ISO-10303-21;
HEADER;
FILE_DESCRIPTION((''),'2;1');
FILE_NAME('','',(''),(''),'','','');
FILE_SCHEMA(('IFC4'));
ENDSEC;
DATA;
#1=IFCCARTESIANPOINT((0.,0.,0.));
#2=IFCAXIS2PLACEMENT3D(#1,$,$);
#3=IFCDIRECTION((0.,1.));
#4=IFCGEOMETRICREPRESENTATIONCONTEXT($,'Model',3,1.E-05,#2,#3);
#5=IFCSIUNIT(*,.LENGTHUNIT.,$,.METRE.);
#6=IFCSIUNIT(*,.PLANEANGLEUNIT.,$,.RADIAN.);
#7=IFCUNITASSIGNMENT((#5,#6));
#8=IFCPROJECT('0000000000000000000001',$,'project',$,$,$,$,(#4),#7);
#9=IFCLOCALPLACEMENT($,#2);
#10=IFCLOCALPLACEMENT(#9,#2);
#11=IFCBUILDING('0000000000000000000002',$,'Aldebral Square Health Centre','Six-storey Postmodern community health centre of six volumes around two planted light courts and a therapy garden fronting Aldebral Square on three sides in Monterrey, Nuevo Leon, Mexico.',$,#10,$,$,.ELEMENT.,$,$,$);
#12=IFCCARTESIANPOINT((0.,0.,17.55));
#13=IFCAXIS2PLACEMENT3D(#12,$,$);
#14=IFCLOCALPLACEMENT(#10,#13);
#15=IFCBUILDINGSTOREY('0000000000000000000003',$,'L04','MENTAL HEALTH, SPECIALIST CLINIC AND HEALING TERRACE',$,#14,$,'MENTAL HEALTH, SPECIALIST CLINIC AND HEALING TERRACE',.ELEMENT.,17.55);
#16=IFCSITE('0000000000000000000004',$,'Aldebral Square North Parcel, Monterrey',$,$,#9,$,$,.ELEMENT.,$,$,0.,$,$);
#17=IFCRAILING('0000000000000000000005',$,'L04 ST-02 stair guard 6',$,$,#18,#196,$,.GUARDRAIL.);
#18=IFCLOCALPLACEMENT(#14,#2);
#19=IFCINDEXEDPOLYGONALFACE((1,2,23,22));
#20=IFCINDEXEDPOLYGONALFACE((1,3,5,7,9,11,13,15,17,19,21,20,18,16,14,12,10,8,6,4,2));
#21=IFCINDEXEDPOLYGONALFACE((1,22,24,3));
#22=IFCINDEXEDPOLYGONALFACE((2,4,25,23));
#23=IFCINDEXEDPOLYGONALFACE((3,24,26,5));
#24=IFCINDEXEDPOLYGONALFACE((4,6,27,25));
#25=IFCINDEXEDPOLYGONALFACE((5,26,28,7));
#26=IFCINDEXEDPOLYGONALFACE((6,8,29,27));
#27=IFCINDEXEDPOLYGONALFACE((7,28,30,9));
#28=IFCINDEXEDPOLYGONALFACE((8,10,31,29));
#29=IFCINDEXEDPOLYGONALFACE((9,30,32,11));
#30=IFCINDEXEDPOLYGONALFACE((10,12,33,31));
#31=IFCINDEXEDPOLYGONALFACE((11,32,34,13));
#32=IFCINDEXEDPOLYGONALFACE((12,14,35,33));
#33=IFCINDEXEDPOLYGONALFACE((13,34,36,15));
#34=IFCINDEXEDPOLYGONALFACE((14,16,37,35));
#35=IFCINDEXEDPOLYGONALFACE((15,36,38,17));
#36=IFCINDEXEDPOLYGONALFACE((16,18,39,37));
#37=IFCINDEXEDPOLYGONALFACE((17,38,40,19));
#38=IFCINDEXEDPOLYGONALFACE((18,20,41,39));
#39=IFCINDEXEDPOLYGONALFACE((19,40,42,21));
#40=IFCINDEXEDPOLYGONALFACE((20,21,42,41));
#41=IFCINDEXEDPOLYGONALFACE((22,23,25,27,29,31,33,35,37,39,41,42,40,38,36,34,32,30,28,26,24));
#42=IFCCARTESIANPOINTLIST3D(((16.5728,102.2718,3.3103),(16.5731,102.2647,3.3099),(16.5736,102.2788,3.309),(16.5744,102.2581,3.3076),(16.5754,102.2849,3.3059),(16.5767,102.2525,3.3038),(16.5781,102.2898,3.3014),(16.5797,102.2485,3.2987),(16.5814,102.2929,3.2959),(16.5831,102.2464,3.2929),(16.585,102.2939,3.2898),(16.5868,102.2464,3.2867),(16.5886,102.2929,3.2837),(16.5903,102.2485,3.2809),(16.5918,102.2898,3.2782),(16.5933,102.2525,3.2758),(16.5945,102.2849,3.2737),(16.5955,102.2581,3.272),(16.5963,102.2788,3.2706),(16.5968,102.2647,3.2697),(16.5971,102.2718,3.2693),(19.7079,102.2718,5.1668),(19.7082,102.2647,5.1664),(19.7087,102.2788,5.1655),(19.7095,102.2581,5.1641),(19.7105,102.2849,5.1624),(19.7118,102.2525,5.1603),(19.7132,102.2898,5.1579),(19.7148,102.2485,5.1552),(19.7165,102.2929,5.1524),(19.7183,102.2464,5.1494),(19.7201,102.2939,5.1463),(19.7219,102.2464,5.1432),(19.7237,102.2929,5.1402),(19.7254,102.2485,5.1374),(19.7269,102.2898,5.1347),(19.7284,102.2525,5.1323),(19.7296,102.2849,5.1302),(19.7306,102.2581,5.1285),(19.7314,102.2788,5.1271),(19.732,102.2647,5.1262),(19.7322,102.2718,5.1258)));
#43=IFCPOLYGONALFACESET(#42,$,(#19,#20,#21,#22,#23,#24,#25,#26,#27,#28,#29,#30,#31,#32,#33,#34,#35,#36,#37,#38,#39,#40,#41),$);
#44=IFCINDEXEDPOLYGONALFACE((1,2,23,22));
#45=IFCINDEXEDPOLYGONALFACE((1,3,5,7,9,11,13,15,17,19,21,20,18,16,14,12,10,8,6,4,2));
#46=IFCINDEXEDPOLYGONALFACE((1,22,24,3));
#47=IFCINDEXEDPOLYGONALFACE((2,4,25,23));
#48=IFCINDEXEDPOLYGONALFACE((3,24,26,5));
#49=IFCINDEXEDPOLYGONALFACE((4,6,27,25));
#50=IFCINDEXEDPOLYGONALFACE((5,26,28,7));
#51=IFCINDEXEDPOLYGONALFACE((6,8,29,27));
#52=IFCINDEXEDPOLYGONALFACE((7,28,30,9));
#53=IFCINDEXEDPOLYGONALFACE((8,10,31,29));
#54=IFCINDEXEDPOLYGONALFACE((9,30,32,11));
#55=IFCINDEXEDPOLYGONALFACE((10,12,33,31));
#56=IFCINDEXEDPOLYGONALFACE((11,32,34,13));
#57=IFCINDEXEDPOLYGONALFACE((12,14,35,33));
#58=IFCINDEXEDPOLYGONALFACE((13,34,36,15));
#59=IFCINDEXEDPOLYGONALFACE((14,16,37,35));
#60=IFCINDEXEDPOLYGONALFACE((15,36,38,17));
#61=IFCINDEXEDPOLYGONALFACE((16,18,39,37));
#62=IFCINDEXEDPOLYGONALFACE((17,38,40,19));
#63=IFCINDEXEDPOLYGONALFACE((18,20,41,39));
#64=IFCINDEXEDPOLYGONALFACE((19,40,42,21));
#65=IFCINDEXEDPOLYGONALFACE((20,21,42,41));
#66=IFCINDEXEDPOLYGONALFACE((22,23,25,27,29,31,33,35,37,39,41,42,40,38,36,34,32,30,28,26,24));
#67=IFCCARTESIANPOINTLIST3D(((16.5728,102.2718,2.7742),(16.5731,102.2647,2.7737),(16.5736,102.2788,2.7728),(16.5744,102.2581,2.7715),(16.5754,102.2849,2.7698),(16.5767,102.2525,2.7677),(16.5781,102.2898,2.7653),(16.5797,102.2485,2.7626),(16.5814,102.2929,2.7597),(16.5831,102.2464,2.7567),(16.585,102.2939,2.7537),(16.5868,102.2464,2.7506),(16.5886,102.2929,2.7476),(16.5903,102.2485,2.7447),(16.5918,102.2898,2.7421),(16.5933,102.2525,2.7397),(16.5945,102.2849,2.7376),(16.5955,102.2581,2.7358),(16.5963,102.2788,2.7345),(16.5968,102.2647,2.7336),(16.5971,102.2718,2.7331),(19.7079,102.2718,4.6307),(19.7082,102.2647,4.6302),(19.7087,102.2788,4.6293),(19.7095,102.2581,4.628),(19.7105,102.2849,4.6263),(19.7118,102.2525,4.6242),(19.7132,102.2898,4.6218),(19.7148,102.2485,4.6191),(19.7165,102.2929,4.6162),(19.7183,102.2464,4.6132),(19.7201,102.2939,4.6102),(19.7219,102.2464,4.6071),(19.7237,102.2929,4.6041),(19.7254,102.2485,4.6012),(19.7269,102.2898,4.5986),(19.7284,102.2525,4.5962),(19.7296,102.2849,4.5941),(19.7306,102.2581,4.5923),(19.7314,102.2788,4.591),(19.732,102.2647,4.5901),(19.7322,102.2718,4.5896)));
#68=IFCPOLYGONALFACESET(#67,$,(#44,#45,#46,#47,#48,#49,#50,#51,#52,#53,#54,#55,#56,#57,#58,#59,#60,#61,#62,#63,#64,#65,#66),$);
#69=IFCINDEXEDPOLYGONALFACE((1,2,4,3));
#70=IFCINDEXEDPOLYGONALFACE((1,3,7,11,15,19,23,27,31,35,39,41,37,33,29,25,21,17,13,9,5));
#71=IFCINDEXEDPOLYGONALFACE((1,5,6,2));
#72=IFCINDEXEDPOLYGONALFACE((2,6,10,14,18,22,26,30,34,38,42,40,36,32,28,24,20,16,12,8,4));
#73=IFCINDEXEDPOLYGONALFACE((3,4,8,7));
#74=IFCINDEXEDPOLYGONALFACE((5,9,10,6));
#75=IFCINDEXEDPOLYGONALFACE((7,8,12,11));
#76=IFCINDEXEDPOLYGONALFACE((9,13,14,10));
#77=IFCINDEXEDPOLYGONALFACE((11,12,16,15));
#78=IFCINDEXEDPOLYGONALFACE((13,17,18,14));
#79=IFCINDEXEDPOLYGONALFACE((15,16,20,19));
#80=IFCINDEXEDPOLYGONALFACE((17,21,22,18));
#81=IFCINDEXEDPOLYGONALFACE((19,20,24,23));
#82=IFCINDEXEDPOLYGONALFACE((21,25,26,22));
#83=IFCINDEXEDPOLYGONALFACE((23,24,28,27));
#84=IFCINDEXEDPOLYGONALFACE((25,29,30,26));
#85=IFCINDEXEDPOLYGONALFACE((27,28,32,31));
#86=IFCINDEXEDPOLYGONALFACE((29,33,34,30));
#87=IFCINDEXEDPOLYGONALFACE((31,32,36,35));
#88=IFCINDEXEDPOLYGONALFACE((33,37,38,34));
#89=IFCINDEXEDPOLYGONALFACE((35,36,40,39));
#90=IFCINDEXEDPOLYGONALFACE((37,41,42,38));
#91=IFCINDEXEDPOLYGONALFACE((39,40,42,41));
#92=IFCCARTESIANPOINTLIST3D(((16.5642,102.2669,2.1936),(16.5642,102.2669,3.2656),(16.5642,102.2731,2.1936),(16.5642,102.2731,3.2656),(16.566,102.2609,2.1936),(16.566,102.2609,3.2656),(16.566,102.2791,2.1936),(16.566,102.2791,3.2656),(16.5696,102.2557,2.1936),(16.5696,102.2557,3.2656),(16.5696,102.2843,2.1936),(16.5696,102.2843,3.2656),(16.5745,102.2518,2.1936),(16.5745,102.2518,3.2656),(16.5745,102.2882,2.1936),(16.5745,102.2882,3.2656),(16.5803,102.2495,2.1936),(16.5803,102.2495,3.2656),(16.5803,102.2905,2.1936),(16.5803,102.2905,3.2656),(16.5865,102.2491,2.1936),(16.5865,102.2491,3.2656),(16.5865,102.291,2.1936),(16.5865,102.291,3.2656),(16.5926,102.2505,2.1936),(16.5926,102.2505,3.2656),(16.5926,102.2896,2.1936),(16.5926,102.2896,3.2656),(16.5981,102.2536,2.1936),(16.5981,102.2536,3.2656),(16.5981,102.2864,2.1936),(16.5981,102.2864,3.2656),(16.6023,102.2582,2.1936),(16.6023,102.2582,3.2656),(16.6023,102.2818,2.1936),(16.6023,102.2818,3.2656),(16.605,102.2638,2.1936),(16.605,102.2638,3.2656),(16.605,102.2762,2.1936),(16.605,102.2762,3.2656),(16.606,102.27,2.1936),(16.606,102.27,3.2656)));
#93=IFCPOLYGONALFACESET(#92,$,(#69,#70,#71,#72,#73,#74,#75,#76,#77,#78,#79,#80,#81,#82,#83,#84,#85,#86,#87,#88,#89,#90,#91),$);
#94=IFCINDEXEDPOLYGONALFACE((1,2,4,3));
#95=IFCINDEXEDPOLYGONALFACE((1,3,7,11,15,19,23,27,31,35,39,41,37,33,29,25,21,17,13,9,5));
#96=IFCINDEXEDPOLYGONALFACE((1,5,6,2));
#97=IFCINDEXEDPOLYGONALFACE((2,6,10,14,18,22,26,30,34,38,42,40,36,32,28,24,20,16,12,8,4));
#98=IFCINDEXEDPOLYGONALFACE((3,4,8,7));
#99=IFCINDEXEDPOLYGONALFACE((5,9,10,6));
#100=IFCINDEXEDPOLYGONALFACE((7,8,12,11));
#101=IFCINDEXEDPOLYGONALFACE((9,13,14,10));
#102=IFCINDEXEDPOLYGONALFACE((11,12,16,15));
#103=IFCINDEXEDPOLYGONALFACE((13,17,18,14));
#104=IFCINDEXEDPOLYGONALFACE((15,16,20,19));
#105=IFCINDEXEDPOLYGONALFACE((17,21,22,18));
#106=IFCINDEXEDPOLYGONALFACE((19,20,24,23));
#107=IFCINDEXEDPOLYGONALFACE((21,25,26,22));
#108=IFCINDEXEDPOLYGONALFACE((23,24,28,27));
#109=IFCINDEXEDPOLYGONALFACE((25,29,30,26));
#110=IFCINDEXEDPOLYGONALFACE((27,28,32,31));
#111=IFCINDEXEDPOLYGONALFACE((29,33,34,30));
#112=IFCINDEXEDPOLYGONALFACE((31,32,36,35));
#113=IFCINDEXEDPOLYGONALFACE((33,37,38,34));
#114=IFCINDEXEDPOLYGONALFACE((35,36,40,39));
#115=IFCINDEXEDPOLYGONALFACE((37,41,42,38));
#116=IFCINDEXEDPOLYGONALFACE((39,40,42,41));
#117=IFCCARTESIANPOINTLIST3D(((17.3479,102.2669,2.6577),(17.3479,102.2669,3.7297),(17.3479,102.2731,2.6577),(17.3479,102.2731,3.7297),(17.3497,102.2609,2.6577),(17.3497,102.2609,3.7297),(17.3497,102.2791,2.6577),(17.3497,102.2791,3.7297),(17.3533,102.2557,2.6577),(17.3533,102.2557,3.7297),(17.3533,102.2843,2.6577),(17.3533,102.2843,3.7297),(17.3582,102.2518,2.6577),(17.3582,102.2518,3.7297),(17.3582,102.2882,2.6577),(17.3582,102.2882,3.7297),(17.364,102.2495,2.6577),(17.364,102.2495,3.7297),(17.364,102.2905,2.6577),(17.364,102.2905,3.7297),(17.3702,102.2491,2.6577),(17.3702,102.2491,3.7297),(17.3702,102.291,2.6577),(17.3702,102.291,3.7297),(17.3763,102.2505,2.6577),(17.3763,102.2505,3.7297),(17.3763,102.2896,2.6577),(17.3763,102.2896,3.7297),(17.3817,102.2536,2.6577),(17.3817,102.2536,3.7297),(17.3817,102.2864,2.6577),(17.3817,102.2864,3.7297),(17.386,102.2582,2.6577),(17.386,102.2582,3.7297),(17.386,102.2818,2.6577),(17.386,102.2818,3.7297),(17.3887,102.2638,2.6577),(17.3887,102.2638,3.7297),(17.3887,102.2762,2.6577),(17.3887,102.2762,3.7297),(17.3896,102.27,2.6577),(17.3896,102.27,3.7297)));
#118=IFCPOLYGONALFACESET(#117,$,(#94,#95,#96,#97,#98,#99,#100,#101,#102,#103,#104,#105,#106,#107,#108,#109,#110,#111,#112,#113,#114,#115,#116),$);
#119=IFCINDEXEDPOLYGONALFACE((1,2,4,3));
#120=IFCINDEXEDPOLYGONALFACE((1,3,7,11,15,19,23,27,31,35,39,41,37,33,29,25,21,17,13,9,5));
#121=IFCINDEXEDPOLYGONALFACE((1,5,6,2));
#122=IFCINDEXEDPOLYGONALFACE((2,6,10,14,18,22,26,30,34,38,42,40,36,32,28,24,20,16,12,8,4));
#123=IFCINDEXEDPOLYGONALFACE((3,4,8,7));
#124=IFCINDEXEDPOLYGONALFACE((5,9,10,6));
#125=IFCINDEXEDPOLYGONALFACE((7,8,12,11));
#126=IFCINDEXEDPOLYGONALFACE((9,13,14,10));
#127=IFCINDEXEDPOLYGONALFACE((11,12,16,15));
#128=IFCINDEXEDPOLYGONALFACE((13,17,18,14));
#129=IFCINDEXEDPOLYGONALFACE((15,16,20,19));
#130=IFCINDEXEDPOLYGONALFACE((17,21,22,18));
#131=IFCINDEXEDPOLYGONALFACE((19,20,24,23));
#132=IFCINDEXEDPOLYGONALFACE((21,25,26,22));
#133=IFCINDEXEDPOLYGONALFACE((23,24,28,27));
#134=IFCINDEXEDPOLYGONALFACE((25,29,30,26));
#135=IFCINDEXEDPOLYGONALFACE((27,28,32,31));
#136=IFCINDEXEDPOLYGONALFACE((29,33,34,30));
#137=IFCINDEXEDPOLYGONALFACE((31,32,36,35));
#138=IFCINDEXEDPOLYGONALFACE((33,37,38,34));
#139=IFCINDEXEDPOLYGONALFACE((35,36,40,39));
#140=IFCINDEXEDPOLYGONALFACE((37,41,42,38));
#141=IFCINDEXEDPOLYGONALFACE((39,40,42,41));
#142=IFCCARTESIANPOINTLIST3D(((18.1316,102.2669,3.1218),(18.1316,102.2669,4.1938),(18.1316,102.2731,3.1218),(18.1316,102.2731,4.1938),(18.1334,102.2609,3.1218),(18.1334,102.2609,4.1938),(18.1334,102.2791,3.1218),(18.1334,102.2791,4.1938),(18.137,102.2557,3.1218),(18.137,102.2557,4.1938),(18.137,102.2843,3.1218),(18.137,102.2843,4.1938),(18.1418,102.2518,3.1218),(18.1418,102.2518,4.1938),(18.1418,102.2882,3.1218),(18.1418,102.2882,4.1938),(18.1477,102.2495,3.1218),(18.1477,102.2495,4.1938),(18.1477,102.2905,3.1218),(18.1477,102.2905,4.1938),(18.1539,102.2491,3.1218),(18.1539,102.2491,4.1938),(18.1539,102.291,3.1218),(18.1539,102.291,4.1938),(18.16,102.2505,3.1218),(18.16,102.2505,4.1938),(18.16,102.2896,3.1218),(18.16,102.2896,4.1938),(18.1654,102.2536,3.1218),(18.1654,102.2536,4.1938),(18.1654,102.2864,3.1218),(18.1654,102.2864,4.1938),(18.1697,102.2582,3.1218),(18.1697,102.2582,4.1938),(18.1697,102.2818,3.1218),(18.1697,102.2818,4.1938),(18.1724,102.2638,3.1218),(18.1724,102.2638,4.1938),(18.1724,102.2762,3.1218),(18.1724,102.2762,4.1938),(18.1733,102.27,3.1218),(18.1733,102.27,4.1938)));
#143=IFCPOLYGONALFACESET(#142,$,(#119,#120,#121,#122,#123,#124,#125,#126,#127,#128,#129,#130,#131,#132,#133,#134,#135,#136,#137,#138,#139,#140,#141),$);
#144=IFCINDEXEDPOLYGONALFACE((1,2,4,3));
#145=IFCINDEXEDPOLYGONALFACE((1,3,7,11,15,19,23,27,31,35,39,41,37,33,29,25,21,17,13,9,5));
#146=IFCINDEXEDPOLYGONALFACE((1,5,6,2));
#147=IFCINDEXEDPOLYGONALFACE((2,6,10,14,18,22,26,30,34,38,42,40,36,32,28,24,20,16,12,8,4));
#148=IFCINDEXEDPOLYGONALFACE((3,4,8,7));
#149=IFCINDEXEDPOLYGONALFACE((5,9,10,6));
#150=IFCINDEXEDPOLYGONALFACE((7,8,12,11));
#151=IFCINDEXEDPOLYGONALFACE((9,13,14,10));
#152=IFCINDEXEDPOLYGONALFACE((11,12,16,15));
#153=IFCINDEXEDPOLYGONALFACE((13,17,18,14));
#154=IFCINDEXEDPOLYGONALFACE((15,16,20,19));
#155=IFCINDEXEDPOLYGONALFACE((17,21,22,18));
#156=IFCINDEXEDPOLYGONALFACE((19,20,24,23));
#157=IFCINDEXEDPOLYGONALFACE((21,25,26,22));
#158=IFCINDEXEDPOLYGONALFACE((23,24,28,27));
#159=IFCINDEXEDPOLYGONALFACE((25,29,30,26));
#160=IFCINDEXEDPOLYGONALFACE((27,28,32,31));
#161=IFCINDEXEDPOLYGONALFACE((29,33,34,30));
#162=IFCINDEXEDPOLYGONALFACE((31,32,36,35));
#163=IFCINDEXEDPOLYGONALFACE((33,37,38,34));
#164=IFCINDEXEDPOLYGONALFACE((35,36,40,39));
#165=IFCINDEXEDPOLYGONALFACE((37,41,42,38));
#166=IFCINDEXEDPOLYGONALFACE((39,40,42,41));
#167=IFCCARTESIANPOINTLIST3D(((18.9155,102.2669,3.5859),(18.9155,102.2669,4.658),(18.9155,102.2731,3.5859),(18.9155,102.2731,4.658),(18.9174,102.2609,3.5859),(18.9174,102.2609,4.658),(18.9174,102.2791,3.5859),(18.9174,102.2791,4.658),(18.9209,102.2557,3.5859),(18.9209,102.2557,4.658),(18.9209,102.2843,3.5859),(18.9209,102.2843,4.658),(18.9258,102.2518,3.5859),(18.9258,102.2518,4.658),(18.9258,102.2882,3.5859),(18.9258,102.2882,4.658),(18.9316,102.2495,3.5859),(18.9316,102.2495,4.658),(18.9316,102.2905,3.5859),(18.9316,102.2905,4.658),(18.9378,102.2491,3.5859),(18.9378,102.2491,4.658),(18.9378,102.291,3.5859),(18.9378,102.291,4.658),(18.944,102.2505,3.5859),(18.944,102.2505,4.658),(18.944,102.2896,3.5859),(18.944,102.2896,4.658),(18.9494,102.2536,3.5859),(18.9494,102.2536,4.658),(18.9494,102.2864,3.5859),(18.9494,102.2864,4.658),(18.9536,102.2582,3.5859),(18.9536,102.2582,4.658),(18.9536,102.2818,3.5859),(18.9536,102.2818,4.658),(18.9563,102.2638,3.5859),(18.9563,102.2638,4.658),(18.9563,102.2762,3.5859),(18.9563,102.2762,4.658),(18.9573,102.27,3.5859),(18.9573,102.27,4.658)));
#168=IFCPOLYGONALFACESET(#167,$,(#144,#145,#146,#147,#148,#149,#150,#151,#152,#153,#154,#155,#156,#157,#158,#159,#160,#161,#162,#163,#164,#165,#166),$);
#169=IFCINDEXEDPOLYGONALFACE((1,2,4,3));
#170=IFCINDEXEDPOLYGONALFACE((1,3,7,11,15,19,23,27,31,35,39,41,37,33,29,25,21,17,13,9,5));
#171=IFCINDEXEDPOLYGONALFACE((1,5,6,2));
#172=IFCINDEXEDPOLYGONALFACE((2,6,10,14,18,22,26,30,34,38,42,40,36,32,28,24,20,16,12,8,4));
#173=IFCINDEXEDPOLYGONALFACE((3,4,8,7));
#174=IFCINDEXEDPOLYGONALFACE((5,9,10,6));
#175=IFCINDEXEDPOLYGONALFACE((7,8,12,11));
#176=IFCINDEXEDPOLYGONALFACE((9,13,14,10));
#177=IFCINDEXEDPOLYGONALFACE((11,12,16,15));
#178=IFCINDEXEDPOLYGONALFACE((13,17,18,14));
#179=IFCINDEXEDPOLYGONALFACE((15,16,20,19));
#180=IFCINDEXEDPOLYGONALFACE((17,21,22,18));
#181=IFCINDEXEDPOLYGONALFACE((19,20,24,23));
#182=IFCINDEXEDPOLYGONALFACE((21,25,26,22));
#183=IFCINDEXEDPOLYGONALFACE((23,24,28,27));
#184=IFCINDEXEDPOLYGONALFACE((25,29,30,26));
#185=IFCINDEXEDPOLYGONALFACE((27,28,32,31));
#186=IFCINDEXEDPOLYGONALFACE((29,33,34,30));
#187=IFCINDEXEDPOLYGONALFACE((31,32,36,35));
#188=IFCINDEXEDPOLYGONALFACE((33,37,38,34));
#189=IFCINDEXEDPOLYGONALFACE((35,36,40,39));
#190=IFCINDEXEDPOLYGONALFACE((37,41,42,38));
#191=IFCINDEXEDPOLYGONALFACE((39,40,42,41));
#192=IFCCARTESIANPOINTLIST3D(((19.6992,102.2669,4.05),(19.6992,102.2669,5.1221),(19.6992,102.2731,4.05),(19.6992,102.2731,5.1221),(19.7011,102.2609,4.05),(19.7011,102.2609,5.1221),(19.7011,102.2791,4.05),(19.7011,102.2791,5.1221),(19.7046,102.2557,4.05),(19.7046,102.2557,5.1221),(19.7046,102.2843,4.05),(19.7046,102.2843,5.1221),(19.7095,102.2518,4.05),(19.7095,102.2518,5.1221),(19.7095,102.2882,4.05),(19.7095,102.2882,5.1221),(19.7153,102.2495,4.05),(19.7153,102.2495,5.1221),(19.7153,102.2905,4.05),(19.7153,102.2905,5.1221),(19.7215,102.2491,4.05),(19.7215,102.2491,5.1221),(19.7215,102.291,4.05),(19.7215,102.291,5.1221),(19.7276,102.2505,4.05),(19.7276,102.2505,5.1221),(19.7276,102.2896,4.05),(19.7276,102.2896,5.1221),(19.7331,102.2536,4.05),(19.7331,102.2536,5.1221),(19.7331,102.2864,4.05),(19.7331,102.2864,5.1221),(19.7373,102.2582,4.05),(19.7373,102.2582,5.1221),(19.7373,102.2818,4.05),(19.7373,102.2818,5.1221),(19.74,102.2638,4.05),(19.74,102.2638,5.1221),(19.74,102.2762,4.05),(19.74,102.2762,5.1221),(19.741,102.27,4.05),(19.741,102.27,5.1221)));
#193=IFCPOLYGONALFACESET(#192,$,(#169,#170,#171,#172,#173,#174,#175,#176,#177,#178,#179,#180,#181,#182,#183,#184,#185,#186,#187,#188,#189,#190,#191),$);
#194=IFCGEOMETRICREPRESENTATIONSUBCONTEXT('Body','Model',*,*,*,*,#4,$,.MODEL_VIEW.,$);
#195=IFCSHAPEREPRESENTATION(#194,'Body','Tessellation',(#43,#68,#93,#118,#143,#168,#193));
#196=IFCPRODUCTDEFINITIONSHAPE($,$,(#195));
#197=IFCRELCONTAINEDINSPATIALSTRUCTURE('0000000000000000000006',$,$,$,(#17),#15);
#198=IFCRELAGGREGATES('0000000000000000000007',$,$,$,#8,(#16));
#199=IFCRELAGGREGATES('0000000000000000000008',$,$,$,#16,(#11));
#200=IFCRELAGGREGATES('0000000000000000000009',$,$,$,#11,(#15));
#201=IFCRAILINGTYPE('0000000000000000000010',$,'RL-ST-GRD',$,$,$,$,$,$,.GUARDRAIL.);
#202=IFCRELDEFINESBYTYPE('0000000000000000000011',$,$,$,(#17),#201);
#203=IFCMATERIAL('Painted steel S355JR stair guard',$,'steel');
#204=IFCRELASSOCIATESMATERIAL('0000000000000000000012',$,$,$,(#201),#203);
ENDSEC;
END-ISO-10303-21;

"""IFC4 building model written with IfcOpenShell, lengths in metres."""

from ifc_helpers import new_model, si_unit, direction, frame, origin, origin_2d, place, context, subcontext, project, spatial, circle, extrude, material, type_object, element, save


model = new_model("IFC4")

# Units and contexts
model_context = context("Model", 3, precision=1e-05, world=origin(), true_north=direction((0.0, 1.0)))
body_context = subcontext(model_context, "Body", "Model", "MODEL_VIEW")
ifc_project = project(units=[si_unit("LENGTHUNIT", "METRE"), si_unit("PLANEANGLEUNIT", "RADIAN")], contexts=[model_context])

# Site, building, storey
site_placement = place(None, origin())
site = spatial("IfcSite", under=ifc_project, at=site_placement, Name="Aldebral Square North Parcel, Monterrey", CompositionType="ELEMENT", RefElevation=0.0)
building_placement = place(site_placement, origin())
building = spatial("IfcBuilding", under=site, at=building_placement, Name="Aldebral Square Health Centre", Description="Six-storey Postmodern community health centre of six volumes around two planted light courts and a therapy garden fronting Aldebral Square on three sides in Monterrey, Nuevo Leon, Mexico.", CompositionType="ELEMENT")
storey_placement = place(building_placement, frame((0.0, 0.0, 17.55)))
storey = spatial("IfcBuildingStorey", under=building, at=storey_placement, Name="L04", Description="MENTAL HEALTH, SPECIALIST CLINIC AND HEALING TERRACE", LongName="MENTAL HEALTH, SPECIALIST CLINIC AND HEALING TERRACE", CompositionType="ELEMENT", Elevation=17.55)

# Railing
ifc_material_1 = material(Name="Painted steel S355JR stair guard", Category="steel")
railing_type_1 = type_object("IfcRailingType", Name="RL-ST-GRD", PredefinedType="GUARDRAIL", material=ifc_material_1)
railing_1_placement = place(storey_placement, frame((16.585, 102.27, 2.1936)))
element("IfcRailing", 1, at=railing_1_placement, inside=storey, type_object=railing_type_1, Name="L04 ST-02 stair guard 6", PredefinedType="GUARDRAIL", context=body_context, shape_type="SweptSolid", body=[
    extrude(circle(Radius=0.0239, at=origin_2d()), frame((0.0, 0.0, 1.0962), z_axis=(0.860453, 0.0, 0.509531), x_axis=(0.0, 1.0, 0.0)), (0.0, 0.0, 1.0), 3.6436),
    extrude(circle(Radius=0.0239, at=origin_2d()), frame((0.0, 0.0, 0.5601), z_axis=(0.860453, 0.0, 0.509531), x_axis=(0.0, 1.0, 0.0)), (0.0, 0.0, 1.0), 3.6436),
    extrude(circle(Radius=0.021, at=origin_2d()), origin(), (0.0, 0.0, 1.0), 1.072),
    extrude(circle(Radius=0.021, at=origin_2d()), frame((0.7837, 0.0, 0.4641)), (0.0, 0.0, 1.0), 1.072),
    extrude(circle(Radius=0.021, at=origin_2d()), frame((1.5674, 0.0, 0.9282)), (0.0, 0.0, 1.0), 1.072),
    extrude(circle(Radius=0.021, at=origin_2d()), frame((2.3513, 0.0, 1.3923)), (0.0, 0.0, 1.0), 1.072),
    extrude(circle(Radius=0.021, at=origin_2d()), frame((3.135, 0.0, 1.8564)), (0.0, 0.0, 1.0), 1.072),
])

save(model, "model.ifc")
